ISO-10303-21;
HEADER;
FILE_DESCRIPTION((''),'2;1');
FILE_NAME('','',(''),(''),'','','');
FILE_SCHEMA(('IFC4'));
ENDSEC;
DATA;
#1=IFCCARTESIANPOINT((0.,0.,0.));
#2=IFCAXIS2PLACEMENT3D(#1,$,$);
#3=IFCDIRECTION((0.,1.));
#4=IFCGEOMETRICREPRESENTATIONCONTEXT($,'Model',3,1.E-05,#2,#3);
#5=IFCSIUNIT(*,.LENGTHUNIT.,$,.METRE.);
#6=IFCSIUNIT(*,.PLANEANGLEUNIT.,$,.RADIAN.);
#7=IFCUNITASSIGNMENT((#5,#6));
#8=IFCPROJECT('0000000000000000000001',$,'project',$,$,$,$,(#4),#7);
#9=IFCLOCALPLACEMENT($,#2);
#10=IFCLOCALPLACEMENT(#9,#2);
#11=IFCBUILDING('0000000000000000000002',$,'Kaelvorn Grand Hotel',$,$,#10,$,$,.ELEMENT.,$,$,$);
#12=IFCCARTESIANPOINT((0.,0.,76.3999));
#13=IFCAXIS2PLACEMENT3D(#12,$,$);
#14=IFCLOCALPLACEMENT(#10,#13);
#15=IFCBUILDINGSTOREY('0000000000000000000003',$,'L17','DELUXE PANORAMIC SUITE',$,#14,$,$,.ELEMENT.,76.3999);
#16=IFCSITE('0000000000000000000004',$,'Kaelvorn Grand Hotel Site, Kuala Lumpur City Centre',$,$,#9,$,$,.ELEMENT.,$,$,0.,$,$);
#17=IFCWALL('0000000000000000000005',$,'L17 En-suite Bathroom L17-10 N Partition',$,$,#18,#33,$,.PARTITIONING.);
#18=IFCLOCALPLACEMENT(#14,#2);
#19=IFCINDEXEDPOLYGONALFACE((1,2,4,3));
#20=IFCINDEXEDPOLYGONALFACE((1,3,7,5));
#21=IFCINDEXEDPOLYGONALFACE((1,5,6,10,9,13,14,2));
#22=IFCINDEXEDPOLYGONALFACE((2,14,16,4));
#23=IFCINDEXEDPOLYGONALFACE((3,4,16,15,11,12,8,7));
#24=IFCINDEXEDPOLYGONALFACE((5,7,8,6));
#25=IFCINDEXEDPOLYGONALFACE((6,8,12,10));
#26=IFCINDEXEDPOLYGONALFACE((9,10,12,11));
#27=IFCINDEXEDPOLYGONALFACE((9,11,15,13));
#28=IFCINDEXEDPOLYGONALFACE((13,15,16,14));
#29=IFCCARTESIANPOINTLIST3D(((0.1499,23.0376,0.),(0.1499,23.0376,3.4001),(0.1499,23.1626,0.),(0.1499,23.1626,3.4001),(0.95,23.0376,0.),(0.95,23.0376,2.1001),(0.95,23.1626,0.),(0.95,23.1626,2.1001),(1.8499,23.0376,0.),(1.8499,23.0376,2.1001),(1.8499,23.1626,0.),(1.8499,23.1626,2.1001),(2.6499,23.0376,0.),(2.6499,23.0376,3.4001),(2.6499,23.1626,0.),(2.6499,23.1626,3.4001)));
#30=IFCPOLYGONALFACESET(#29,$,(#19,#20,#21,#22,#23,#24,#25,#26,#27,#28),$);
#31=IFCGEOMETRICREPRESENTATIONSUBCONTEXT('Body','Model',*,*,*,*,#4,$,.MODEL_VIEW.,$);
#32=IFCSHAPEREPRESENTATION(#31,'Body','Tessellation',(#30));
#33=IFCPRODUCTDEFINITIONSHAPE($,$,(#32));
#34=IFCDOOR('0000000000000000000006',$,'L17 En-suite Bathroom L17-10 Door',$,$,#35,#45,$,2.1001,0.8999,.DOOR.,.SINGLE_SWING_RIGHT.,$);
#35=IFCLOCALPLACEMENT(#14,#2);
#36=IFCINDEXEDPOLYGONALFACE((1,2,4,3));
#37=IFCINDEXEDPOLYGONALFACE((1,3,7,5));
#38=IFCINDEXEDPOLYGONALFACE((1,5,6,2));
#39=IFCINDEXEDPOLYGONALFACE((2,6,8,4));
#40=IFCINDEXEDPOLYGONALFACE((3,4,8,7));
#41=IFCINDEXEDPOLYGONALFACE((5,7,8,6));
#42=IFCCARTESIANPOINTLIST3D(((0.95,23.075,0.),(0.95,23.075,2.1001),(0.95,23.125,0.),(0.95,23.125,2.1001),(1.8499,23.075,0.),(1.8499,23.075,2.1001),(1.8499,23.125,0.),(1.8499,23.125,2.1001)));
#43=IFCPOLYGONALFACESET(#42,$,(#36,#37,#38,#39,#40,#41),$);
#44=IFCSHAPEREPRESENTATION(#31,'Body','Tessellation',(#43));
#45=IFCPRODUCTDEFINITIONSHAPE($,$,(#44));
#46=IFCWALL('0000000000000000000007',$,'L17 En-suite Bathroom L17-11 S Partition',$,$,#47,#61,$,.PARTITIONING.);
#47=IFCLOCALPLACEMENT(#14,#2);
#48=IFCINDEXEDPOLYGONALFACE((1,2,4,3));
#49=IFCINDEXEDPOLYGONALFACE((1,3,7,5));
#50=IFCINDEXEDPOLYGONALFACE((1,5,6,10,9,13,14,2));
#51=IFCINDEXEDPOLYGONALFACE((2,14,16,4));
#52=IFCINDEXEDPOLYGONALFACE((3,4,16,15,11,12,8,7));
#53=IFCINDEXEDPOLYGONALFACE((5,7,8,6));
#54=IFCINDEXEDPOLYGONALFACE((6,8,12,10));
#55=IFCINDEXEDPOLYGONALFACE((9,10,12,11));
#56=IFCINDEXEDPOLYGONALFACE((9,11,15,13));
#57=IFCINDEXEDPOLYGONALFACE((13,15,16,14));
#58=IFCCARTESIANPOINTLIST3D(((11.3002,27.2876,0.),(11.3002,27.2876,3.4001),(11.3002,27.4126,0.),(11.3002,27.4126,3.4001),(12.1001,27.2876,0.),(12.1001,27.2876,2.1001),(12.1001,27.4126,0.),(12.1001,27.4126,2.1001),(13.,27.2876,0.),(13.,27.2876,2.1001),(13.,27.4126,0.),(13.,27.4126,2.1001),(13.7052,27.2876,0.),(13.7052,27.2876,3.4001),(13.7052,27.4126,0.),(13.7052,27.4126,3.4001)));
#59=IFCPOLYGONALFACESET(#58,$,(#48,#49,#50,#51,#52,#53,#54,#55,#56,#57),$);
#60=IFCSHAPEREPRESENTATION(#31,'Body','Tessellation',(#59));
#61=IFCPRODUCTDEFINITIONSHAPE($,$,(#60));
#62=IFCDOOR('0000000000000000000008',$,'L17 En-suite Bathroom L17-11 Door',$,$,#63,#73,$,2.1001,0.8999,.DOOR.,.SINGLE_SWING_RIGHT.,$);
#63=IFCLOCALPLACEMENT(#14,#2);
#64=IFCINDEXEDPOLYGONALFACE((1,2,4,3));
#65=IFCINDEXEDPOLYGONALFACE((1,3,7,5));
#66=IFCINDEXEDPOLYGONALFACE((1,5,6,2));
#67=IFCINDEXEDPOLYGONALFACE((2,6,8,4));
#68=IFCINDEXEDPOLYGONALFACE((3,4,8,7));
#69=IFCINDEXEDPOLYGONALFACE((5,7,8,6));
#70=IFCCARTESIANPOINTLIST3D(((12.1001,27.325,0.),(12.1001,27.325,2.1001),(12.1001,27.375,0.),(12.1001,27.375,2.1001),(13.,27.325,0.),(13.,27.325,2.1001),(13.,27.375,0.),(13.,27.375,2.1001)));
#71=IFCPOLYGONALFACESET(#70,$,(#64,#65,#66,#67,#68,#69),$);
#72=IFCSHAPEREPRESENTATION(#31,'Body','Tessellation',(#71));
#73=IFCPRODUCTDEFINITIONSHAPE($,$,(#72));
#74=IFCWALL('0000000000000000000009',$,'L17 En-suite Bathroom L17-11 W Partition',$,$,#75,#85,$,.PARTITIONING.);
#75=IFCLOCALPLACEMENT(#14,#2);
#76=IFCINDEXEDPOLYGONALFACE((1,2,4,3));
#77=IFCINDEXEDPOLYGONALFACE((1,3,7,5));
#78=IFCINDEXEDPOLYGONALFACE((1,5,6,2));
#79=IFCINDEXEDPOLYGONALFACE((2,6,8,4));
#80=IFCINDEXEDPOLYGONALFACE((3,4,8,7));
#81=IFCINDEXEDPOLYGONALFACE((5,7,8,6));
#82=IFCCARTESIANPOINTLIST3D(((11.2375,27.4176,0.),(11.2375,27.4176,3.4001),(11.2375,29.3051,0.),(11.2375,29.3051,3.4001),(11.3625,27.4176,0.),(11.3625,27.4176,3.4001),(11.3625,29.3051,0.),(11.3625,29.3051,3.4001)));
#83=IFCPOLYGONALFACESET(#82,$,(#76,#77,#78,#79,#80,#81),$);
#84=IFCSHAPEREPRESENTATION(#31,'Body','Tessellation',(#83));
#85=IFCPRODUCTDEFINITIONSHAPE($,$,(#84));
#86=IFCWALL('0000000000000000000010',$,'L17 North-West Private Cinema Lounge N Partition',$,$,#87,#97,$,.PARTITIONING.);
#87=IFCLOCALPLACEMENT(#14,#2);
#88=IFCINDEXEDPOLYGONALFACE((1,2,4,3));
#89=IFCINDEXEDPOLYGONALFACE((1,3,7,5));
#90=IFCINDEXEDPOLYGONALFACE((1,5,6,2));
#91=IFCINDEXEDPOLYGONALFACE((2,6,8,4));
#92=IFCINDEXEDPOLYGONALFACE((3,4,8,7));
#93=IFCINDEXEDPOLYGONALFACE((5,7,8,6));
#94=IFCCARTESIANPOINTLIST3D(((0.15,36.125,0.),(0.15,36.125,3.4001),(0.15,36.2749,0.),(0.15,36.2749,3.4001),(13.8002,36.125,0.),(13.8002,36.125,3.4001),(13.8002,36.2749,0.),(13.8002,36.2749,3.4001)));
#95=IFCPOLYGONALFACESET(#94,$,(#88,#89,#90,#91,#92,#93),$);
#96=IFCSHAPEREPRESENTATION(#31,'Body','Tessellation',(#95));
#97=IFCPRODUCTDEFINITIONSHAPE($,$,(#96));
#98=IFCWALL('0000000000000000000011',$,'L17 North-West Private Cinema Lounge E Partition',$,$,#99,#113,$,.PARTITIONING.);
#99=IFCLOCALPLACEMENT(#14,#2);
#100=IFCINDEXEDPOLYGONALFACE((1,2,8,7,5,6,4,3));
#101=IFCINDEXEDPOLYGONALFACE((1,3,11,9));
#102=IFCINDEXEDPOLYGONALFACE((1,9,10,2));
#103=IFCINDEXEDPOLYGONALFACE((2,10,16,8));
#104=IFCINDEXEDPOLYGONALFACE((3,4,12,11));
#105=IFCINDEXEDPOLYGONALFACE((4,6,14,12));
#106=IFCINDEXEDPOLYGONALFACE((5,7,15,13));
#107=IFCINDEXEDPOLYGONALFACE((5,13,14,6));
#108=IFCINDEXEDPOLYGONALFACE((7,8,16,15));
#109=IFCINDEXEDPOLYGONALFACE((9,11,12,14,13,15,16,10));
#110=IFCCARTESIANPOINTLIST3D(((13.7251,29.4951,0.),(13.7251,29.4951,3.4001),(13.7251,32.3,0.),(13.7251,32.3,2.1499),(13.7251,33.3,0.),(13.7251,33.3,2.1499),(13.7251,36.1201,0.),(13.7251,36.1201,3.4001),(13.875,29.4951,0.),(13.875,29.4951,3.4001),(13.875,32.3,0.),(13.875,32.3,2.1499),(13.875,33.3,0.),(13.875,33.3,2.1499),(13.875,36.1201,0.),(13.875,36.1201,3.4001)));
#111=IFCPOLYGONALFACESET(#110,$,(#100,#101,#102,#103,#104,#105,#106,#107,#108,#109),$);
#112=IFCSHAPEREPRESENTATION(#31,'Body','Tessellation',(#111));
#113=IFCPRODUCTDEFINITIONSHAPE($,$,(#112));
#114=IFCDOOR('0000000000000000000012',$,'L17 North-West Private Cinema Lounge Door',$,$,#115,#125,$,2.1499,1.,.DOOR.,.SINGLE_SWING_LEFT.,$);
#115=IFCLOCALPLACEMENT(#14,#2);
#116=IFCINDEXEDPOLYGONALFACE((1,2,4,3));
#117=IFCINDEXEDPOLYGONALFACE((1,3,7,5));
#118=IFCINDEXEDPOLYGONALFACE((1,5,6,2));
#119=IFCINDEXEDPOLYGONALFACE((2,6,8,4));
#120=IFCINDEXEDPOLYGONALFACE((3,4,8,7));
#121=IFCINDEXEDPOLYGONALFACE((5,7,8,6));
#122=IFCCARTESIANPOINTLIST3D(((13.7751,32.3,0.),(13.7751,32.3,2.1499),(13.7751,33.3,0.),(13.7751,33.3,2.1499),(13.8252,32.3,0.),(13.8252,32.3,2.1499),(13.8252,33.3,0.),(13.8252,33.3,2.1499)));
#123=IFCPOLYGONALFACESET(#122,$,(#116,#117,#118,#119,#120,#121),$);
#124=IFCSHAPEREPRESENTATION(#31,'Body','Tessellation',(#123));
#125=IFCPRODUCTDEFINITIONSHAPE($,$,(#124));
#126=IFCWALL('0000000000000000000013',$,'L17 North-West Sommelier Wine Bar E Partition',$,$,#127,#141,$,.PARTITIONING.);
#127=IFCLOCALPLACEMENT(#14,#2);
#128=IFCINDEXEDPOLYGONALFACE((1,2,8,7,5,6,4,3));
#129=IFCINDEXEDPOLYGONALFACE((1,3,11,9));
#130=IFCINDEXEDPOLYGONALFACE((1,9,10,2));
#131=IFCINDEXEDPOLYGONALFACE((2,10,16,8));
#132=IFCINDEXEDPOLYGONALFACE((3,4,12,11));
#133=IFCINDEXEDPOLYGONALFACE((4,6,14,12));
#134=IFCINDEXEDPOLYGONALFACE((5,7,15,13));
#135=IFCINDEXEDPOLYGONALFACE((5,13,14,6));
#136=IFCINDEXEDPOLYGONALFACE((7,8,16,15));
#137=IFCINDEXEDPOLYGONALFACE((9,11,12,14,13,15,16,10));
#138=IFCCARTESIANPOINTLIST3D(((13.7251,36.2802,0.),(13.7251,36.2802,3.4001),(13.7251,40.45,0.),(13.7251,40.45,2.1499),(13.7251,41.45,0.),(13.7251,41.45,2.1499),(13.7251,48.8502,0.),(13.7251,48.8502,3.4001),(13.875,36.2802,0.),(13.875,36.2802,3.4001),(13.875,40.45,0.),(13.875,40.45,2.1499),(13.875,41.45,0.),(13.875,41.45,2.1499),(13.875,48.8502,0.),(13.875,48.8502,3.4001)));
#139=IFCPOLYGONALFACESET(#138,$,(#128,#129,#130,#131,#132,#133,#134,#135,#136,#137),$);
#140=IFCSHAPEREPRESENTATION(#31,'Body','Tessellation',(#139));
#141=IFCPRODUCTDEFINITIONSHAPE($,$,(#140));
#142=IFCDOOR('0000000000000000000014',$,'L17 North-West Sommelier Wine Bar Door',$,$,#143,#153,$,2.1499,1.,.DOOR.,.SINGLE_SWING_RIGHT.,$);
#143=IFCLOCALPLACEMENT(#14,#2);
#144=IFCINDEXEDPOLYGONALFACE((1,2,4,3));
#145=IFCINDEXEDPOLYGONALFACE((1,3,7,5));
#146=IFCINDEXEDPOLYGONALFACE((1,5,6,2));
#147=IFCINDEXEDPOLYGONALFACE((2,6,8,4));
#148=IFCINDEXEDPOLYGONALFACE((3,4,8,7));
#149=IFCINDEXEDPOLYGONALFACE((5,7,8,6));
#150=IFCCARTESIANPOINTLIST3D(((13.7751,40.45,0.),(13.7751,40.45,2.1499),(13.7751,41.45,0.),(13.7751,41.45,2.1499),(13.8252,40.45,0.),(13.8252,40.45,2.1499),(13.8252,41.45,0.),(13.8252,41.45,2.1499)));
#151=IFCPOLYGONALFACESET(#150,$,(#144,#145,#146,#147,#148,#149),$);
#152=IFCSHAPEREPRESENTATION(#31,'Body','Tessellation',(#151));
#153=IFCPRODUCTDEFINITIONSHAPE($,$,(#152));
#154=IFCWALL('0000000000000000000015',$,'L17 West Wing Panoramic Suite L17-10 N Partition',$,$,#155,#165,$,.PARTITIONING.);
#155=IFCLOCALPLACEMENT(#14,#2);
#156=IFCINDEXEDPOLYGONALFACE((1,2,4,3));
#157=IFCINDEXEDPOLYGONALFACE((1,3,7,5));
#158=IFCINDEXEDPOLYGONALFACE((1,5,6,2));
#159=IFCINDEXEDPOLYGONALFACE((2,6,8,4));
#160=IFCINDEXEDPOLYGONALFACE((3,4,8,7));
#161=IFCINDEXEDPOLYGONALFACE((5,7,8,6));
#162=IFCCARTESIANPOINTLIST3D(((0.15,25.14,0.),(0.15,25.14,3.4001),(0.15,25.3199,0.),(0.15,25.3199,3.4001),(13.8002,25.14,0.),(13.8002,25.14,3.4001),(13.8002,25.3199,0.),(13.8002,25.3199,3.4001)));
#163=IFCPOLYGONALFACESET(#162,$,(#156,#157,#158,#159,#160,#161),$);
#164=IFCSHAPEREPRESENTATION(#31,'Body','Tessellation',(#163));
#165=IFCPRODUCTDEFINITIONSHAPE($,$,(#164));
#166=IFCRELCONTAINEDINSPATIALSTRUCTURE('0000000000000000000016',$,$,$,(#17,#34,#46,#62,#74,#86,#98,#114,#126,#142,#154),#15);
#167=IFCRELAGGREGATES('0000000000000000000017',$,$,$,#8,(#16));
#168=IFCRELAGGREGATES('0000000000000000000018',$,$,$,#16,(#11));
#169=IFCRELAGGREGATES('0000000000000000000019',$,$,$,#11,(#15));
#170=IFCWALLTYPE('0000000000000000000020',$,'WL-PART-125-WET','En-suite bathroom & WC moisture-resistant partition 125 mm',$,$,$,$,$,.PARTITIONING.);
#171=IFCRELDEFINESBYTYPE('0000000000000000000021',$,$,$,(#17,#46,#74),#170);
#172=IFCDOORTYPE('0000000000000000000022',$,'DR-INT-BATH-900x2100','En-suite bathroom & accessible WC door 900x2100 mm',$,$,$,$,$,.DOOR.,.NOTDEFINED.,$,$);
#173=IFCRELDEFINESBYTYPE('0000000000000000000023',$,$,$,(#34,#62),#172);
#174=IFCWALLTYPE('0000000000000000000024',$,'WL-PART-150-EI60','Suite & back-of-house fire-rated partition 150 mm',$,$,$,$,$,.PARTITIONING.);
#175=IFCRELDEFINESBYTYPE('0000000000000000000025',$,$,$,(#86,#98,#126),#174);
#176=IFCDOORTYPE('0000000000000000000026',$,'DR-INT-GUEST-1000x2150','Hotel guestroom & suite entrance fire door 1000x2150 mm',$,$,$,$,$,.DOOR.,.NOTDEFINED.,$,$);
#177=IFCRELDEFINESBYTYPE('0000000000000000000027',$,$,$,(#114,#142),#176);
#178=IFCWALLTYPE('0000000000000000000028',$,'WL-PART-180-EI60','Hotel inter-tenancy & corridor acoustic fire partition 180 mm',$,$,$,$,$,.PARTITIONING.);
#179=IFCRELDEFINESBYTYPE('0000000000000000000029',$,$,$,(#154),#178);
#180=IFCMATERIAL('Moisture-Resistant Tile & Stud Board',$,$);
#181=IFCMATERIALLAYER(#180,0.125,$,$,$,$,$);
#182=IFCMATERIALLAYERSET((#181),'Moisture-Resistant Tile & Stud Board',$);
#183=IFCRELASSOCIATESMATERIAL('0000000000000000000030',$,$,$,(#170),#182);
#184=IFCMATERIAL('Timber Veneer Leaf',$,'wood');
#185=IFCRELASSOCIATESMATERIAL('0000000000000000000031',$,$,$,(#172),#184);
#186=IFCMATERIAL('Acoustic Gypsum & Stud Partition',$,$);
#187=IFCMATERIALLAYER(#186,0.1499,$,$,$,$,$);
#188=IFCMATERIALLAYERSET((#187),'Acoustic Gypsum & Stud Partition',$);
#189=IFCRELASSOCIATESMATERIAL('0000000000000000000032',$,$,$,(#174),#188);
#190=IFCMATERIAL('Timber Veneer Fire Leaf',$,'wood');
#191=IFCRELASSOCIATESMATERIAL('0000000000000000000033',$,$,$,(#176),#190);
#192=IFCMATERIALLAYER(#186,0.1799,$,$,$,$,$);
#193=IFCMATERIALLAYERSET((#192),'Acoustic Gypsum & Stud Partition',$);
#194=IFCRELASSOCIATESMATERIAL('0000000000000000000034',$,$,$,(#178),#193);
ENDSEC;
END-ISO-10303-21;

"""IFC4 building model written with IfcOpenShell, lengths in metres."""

from ifc_helpers import new_model, si_unit, direction, frame, frame_2d, origin, place, context, subcontext, project, spatial, rectangle, extrude, material, layer, layer_set, type_object, element, fill, save


model = new_model("IFC4")

# Units and contexts
model_context = context("Model", 3, precision=1e-05, world=origin(), true_north=direction((0.0, 1.0)))
body_context = subcontext(model_context, "Body", "Model", "MODEL_VIEW")
ifc_project = project(units=[si_unit("LENGTHUNIT", "METRE"), si_unit("PLANEANGLEUNIT", "RADIAN")], contexts=[model_context])

# Site, building, storey
site_placement = place(None, origin())
site = spatial("IfcSite", under=ifc_project, at=site_placement, Name="Kaelvorn Grand Hotel Site, Kuala Lumpur City Centre", CompositionType="ELEMENT", RefElevation=0.0)
building_placement = place(site_placement, origin())
building = spatial("IfcBuilding", under=site, at=building_placement, Name="Kaelvorn Grand Hotel", CompositionType="ELEMENT")
storey_placement = place(building_placement, frame((0.0, 0.0, 76.3999)))
storey = spatial("IfcBuildingStorey", under=building, at=storey_placement, Name="L17", Description="DELUXE PANORAMIC SUITE", CompositionType="ELEMENT", Elevation=76.3999)

# Walls, openings, doors
ifc_material_1 = material(Name="Moisture-Resistant Tile & Stud Board")
ifc_layer_1 = layer(ifc_material_1, 0.125)
ifc_layer_set_1 = layer_set([ifc_layer_1], Name="Moisture-Resistant Tile & Stud Board")
wall_type_1 = type_object("IfcWallType", Name="WL-PART-125-WET", Description="En-suite bathroom & WC moisture-resistant partition 125 mm", PredefinedType="PARTITIONING", material=ifc_layer_set_1)
wall_1_placement = place(storey_placement, frame((0.1499, 23.1001, 0.0), z_axis=(0.0, 0.0, 1.0), x_axis=(1.0, 0.0, 0.0)))
wall_1 = element("IfcWall", 1, at=wall_1_placement, inside=storey, type_object=wall_type_1, Name="L17 En-suite Bathroom L17-10 N Partition", PredefinedType="PARTITIONING", context=body_context, shape_type="SweptSolid", body=[
    extrude(rectangle(XDim=2.5, YDim=0.125, at=frame_2d((1.25, 0.0))), origin(), (0.0, 0.0, 1.0), 3.4001),
])
opening_1_placement = place(wall_1_placement, frame((0.8, 0.0, 0.0)))
opening_1 = element("IfcOpeningElement", 2, at=opening_1_placement, cuts=wall_1, PredefinedType="OPENING", context=body_context, shape_type="SweptSolid", body=[
    extrude(rectangle(XDim=0.8999, YDim=2.1001, at=frame_2d((0.45, 1.05))), frame((0.0, 0.0725, 0.0), z_axis=(0.0, -1.0, 0.0), x_axis=(1.0, 0.0, 0.0)), (0.0, 0.0, 1.0), 0.145),
])
ifc_material_2 = material(Name="Timber Veneer Leaf", Category="wood")
door_type_1 = type_object("IfcDoorType", Name="DR-INT-BATH-900x2100", Description="En-suite bathroom & accessible WC door 900x2100 mm", OperationType="NOTDEFINED", PredefinedType="DOOR", material=ifc_material_2)
door_1_placement = place(opening_1_placement, origin())
door_1 = element("IfcDoor", 3, at=door_1_placement, inside=storey, type_object=door_type_1, Name="L17 En-suite Bathroom L17-10 Door", OperationType="SINGLE_SWING_RIGHT", OverallHeight=2.1001, OverallWidth=0.8999, PredefinedType="DOOR", context=body_context, shape_type="SweptSolid", body=[
    extrude(rectangle(XDim=0.8999, YDim=2.1001, at=frame_2d((0.45, 1.05))), frame((0.0, 0.0249, 0.0), z_axis=(0.0, -1.0, 0.0), x_axis=(1.0, 0.0, 0.0)), (0.0, 0.0, 1.0), 0.05),
])
fill(opening_1, door_1)
wall_2_placement = place(storey_placement, frame((11.3, 27.3501, 0.0), z_axis=(0.0, 0.0, 1.0), x_axis=(1.0, 0.0, 0.0)))
wall_2 = element("IfcWall", 4, at=wall_2_placement, inside=storey, type_object=wall_type_1, Name="L17 En-suite Bathroom L17-11 S Partition", PredefinedType="PARTITIONING", context=body_context, shape_type="SweptSolid", body=[
    extrude(rectangle(XDim=2.405, YDim=0.125, at=frame_2d((1.2026, 0.0))), origin(), (0.0, 0.0, 1.0), 3.4001),
])
opening_2_placement = place(wall_2_placement, frame((0.8, 0.0, 0.0)))
opening_2 = element("IfcOpeningElement", 5, at=opening_2_placement, cuts=wall_2, PredefinedType="OPENING", context=body_context, shape_type="SweptSolid", body=[
    extrude(rectangle(XDim=0.8999, YDim=2.1001, at=frame_2d((0.45, 1.05))), frame((0.0, 0.0725, 0.0), z_axis=(0.0, -1.0, 0.0), x_axis=(1.0, 0.0, 0.0)), (0.0, 0.0, 1.0), 0.145),
])
door_2_placement = place(opening_2_placement, origin())
door_2 = element("IfcDoor", 6, at=door_2_placement, inside=storey, type_object=door_type_1, Name="L17 En-suite Bathroom L17-11 Door", OperationType="SINGLE_SWING_RIGHT", OverallHeight=2.1001, OverallWidth=0.8999, PredefinedType="DOOR", context=body_context, shape_type="SweptSolid", body=[
    extrude(rectangle(XDim=0.8999, YDim=2.1001, at=frame_2d((0.45, 1.05))), frame((0.0, 0.0249, 0.0), z_axis=(0.0, -1.0, 0.0), x_axis=(1.0, 0.0, 0.0)), (0.0, 0.0, 1.0), 0.05),
])
fill(opening_2, door_2)

# Walls
wall_3_placement = place(storey_placement, frame((11.3, 27.4175, 0.0), z_axis=(0.0, 0.0, 1.0), x_axis=(0.0, 1.0, 0.0)))
element("IfcWall", 7, at=wall_3_placement, inside=storey, type_object=wall_type_1, Name="L17 En-suite Bathroom L17-11 W Partition", PredefinedType="PARTITIONING", context=body_context, shape_type="SweptSolid", body=[
    extrude(rectangle(XDim=1.8875, YDim=0.125, at=frame_2d((0.9438, 0.0))), origin(), (0.0, 0.0, 1.0), 3.4001),
])
ifc_material_3 = material(Name="Acoustic Gypsum & Stud Partition")
ifc_layer_2 = layer(ifc_material_3, 0.1499)
ifc_layer_set_2 = layer_set([ifc_layer_2], Name="Acoustic Gypsum & Stud Partition")
wall_type_2 = type_object("IfcWallType", Name="WL-PART-150-EI60", Description="Suite & back-of-house fire-rated partition 150 mm", PredefinedType="PARTITIONING", material=ifc_layer_set_2)
wall_4_placement = place(storey_placement, frame((0.1499, 36.2, 0.0), z_axis=(0.0, 0.0, 1.0), x_axis=(1.0, 0.0, 0.0)))
element("IfcWall", 8, at=wall_4_placement, inside=storey, type_object=wall_type_2, Name="L17 North-West Private Cinema Lounge N Partition", PredefinedType="PARTITIONING", context=body_context, shape_type="SweptSolid", body=[
    extrude(rectangle(XDim=13.6501, YDim=0.1499, at=frame_2d((6.8252, 0.0))), origin(), (0.0, 0.0, 1.0), 3.4001),
])

# Walls, openings, doors
wall_5_placement = place(storey_placement, frame((13.8, 29.4951, 0.0), z_axis=(0.0, 0.0, 1.0), x_axis=(0.0, 1.0, 0.0)))
wall_5 = element("IfcWall", 9, at=wall_5_placement, inside=storey, type_object=wall_type_2, Name="L17 North-West Private Cinema Lounge E Partition", PredefinedType="PARTITIONING", context=body_context, shape_type="SweptSolid", body=[
    extrude(rectangle(XDim=6.625, YDim=0.1499, at=frame_2d((3.3125, 0.0))), origin(), (0.0, 0.0, 1.0), 3.4001),
])
opening_3_placement = place(wall_5_placement, frame((2.8049, 0.0, 0.0)))
opening_3 = element("IfcOpeningElement", 10, at=opening_3_placement, cuts=wall_5, PredefinedType="OPENING", context=body_context, shape_type="SweptSolid", body=[
    extrude(rectangle(XDim=1.0, YDim=2.1499, at=frame_2d((0.5, 1.075))), frame((0.0, 0.085, 0.0), z_axis=(0.0, -1.0, 0.0), x_axis=(1.0, 0.0, 0.0)), (0.0, 0.0, 1.0), 0.1699),
])
ifc_material_4 = material(Name="Timber Veneer Fire Leaf", Category="wood")
door_type_2 = type_object("IfcDoorType", Name="DR-INT-GUEST-1000x2150", Description="Hotel guestroom & suite entrance fire door 1000x2150 mm", OperationType="NOTDEFINED", PredefinedType="DOOR", material=ifc_material_4)
door_3_placement = place(opening_3_placement, origin())
door_3 = element("IfcDoor", 11, at=door_3_placement, inside=storey, type_object=door_type_2, Name="L17 North-West Private Cinema Lounge Door", OperationType="SINGLE_SWING_LEFT", OverallHeight=2.1499, OverallWidth=1.0, PredefinedType="DOOR", context=body_context, shape_type="SweptSolid", body=[
    extrude(rectangle(XDim=1.0, YDim=2.1499, at=frame_2d((0.5, 1.075))), frame((0.0, 0.0249, 0.0), z_axis=(0.0, -1.0, 0.0), x_axis=(1.0, 0.0, 0.0)), (0.0, 0.0, 1.0), 0.05),
])
fill(opening_3, door_3)
wall_6_placement = place(storey_placement, frame((13.8, 36.28, 0.0), z_axis=(0.0, 0.0, 1.0), x_axis=(0.0, 1.0, 0.0)))
wall_6 = element("IfcWall", 12, at=wall_6_placement, inside=storey, type_object=wall_type_2, Name="L17 North-West Sommelier Wine Bar E Partition", PredefinedType="PARTITIONING", context=body_context, shape_type="SweptSolid", body=[
    extrude(rectangle(XDim=12.5701, YDim=0.1499, at=frame_2d((6.2852, 0.0))), origin(), (0.0, 0.0, 1.0), 3.4001),
])
opening_4_placement = place(wall_6_placement, frame((4.1699, 0.0, 0.0)))
opening_4 = element("IfcOpeningElement", 13, at=opening_4_placement, cuts=wall_6, PredefinedType="OPENING", context=body_context, shape_type="SweptSolid", body=[
    extrude(rectangle(XDim=1.0, YDim=2.1499, at=frame_2d((0.5, 1.075))), frame((0.0, 0.085, 0.0), z_axis=(0.0, -1.0, 0.0), x_axis=(1.0, 0.0, 0.0)), (0.0, 0.0, 1.0), 0.1699),
])
door_4_placement = place(opening_4_placement, origin())
door_4 = element("IfcDoor", 14, at=door_4_placement, inside=storey, type_object=door_type_2, Name="L17 North-West Sommelier Wine Bar Door", OperationType="SINGLE_SWING_RIGHT", OverallHeight=2.1499, OverallWidth=1.0, PredefinedType="DOOR", context=body_context, shape_type="SweptSolid", body=[
    extrude(rectangle(XDim=1.0, YDim=2.1499, at=frame_2d((0.5, 1.075))), frame((0.0, 0.0249, 0.0), z_axis=(0.0, -1.0, 0.0), x_axis=(1.0, 0.0, 0.0)), (0.0, 0.0, 1.0), 0.05),
])
fill(opening_4, door_4)

# Wall
ifc_layer_3 = layer(ifc_material_3, 0.1799)
ifc_layer_set_3 = layer_set([ifc_layer_3], Name="Acoustic Gypsum & Stud Partition")
wall_type_3 = type_object("IfcWallType", Name="WL-PART-180-EI60", Description="Hotel inter-tenancy & corridor acoustic fire partition 180 mm", PredefinedType="PARTITIONING", material=ifc_layer_set_3)
wall_7_placement = place(storey_placement, frame((0.1499, 25.23, 0.0), z_axis=(0.0, 0.0, 1.0), x_axis=(1.0, 0.0, 0.0)))
element("IfcWall", 15, at=wall_7_placement, inside=storey, type_object=wall_type_3, Name="L17 West Wing Panoramic Suite L17-10 N Partition", PredefinedType="PARTITIONING", context=body_context, shape_type="SweptSolid", body=[
    extrude(rectangle(XDim=13.6501, YDim=0.1799, at=frame_2d((6.8252, 0.0))), origin(), (0.0, 0.0, 1.0), 3.4001),
])

save(model, "model.ifc")
